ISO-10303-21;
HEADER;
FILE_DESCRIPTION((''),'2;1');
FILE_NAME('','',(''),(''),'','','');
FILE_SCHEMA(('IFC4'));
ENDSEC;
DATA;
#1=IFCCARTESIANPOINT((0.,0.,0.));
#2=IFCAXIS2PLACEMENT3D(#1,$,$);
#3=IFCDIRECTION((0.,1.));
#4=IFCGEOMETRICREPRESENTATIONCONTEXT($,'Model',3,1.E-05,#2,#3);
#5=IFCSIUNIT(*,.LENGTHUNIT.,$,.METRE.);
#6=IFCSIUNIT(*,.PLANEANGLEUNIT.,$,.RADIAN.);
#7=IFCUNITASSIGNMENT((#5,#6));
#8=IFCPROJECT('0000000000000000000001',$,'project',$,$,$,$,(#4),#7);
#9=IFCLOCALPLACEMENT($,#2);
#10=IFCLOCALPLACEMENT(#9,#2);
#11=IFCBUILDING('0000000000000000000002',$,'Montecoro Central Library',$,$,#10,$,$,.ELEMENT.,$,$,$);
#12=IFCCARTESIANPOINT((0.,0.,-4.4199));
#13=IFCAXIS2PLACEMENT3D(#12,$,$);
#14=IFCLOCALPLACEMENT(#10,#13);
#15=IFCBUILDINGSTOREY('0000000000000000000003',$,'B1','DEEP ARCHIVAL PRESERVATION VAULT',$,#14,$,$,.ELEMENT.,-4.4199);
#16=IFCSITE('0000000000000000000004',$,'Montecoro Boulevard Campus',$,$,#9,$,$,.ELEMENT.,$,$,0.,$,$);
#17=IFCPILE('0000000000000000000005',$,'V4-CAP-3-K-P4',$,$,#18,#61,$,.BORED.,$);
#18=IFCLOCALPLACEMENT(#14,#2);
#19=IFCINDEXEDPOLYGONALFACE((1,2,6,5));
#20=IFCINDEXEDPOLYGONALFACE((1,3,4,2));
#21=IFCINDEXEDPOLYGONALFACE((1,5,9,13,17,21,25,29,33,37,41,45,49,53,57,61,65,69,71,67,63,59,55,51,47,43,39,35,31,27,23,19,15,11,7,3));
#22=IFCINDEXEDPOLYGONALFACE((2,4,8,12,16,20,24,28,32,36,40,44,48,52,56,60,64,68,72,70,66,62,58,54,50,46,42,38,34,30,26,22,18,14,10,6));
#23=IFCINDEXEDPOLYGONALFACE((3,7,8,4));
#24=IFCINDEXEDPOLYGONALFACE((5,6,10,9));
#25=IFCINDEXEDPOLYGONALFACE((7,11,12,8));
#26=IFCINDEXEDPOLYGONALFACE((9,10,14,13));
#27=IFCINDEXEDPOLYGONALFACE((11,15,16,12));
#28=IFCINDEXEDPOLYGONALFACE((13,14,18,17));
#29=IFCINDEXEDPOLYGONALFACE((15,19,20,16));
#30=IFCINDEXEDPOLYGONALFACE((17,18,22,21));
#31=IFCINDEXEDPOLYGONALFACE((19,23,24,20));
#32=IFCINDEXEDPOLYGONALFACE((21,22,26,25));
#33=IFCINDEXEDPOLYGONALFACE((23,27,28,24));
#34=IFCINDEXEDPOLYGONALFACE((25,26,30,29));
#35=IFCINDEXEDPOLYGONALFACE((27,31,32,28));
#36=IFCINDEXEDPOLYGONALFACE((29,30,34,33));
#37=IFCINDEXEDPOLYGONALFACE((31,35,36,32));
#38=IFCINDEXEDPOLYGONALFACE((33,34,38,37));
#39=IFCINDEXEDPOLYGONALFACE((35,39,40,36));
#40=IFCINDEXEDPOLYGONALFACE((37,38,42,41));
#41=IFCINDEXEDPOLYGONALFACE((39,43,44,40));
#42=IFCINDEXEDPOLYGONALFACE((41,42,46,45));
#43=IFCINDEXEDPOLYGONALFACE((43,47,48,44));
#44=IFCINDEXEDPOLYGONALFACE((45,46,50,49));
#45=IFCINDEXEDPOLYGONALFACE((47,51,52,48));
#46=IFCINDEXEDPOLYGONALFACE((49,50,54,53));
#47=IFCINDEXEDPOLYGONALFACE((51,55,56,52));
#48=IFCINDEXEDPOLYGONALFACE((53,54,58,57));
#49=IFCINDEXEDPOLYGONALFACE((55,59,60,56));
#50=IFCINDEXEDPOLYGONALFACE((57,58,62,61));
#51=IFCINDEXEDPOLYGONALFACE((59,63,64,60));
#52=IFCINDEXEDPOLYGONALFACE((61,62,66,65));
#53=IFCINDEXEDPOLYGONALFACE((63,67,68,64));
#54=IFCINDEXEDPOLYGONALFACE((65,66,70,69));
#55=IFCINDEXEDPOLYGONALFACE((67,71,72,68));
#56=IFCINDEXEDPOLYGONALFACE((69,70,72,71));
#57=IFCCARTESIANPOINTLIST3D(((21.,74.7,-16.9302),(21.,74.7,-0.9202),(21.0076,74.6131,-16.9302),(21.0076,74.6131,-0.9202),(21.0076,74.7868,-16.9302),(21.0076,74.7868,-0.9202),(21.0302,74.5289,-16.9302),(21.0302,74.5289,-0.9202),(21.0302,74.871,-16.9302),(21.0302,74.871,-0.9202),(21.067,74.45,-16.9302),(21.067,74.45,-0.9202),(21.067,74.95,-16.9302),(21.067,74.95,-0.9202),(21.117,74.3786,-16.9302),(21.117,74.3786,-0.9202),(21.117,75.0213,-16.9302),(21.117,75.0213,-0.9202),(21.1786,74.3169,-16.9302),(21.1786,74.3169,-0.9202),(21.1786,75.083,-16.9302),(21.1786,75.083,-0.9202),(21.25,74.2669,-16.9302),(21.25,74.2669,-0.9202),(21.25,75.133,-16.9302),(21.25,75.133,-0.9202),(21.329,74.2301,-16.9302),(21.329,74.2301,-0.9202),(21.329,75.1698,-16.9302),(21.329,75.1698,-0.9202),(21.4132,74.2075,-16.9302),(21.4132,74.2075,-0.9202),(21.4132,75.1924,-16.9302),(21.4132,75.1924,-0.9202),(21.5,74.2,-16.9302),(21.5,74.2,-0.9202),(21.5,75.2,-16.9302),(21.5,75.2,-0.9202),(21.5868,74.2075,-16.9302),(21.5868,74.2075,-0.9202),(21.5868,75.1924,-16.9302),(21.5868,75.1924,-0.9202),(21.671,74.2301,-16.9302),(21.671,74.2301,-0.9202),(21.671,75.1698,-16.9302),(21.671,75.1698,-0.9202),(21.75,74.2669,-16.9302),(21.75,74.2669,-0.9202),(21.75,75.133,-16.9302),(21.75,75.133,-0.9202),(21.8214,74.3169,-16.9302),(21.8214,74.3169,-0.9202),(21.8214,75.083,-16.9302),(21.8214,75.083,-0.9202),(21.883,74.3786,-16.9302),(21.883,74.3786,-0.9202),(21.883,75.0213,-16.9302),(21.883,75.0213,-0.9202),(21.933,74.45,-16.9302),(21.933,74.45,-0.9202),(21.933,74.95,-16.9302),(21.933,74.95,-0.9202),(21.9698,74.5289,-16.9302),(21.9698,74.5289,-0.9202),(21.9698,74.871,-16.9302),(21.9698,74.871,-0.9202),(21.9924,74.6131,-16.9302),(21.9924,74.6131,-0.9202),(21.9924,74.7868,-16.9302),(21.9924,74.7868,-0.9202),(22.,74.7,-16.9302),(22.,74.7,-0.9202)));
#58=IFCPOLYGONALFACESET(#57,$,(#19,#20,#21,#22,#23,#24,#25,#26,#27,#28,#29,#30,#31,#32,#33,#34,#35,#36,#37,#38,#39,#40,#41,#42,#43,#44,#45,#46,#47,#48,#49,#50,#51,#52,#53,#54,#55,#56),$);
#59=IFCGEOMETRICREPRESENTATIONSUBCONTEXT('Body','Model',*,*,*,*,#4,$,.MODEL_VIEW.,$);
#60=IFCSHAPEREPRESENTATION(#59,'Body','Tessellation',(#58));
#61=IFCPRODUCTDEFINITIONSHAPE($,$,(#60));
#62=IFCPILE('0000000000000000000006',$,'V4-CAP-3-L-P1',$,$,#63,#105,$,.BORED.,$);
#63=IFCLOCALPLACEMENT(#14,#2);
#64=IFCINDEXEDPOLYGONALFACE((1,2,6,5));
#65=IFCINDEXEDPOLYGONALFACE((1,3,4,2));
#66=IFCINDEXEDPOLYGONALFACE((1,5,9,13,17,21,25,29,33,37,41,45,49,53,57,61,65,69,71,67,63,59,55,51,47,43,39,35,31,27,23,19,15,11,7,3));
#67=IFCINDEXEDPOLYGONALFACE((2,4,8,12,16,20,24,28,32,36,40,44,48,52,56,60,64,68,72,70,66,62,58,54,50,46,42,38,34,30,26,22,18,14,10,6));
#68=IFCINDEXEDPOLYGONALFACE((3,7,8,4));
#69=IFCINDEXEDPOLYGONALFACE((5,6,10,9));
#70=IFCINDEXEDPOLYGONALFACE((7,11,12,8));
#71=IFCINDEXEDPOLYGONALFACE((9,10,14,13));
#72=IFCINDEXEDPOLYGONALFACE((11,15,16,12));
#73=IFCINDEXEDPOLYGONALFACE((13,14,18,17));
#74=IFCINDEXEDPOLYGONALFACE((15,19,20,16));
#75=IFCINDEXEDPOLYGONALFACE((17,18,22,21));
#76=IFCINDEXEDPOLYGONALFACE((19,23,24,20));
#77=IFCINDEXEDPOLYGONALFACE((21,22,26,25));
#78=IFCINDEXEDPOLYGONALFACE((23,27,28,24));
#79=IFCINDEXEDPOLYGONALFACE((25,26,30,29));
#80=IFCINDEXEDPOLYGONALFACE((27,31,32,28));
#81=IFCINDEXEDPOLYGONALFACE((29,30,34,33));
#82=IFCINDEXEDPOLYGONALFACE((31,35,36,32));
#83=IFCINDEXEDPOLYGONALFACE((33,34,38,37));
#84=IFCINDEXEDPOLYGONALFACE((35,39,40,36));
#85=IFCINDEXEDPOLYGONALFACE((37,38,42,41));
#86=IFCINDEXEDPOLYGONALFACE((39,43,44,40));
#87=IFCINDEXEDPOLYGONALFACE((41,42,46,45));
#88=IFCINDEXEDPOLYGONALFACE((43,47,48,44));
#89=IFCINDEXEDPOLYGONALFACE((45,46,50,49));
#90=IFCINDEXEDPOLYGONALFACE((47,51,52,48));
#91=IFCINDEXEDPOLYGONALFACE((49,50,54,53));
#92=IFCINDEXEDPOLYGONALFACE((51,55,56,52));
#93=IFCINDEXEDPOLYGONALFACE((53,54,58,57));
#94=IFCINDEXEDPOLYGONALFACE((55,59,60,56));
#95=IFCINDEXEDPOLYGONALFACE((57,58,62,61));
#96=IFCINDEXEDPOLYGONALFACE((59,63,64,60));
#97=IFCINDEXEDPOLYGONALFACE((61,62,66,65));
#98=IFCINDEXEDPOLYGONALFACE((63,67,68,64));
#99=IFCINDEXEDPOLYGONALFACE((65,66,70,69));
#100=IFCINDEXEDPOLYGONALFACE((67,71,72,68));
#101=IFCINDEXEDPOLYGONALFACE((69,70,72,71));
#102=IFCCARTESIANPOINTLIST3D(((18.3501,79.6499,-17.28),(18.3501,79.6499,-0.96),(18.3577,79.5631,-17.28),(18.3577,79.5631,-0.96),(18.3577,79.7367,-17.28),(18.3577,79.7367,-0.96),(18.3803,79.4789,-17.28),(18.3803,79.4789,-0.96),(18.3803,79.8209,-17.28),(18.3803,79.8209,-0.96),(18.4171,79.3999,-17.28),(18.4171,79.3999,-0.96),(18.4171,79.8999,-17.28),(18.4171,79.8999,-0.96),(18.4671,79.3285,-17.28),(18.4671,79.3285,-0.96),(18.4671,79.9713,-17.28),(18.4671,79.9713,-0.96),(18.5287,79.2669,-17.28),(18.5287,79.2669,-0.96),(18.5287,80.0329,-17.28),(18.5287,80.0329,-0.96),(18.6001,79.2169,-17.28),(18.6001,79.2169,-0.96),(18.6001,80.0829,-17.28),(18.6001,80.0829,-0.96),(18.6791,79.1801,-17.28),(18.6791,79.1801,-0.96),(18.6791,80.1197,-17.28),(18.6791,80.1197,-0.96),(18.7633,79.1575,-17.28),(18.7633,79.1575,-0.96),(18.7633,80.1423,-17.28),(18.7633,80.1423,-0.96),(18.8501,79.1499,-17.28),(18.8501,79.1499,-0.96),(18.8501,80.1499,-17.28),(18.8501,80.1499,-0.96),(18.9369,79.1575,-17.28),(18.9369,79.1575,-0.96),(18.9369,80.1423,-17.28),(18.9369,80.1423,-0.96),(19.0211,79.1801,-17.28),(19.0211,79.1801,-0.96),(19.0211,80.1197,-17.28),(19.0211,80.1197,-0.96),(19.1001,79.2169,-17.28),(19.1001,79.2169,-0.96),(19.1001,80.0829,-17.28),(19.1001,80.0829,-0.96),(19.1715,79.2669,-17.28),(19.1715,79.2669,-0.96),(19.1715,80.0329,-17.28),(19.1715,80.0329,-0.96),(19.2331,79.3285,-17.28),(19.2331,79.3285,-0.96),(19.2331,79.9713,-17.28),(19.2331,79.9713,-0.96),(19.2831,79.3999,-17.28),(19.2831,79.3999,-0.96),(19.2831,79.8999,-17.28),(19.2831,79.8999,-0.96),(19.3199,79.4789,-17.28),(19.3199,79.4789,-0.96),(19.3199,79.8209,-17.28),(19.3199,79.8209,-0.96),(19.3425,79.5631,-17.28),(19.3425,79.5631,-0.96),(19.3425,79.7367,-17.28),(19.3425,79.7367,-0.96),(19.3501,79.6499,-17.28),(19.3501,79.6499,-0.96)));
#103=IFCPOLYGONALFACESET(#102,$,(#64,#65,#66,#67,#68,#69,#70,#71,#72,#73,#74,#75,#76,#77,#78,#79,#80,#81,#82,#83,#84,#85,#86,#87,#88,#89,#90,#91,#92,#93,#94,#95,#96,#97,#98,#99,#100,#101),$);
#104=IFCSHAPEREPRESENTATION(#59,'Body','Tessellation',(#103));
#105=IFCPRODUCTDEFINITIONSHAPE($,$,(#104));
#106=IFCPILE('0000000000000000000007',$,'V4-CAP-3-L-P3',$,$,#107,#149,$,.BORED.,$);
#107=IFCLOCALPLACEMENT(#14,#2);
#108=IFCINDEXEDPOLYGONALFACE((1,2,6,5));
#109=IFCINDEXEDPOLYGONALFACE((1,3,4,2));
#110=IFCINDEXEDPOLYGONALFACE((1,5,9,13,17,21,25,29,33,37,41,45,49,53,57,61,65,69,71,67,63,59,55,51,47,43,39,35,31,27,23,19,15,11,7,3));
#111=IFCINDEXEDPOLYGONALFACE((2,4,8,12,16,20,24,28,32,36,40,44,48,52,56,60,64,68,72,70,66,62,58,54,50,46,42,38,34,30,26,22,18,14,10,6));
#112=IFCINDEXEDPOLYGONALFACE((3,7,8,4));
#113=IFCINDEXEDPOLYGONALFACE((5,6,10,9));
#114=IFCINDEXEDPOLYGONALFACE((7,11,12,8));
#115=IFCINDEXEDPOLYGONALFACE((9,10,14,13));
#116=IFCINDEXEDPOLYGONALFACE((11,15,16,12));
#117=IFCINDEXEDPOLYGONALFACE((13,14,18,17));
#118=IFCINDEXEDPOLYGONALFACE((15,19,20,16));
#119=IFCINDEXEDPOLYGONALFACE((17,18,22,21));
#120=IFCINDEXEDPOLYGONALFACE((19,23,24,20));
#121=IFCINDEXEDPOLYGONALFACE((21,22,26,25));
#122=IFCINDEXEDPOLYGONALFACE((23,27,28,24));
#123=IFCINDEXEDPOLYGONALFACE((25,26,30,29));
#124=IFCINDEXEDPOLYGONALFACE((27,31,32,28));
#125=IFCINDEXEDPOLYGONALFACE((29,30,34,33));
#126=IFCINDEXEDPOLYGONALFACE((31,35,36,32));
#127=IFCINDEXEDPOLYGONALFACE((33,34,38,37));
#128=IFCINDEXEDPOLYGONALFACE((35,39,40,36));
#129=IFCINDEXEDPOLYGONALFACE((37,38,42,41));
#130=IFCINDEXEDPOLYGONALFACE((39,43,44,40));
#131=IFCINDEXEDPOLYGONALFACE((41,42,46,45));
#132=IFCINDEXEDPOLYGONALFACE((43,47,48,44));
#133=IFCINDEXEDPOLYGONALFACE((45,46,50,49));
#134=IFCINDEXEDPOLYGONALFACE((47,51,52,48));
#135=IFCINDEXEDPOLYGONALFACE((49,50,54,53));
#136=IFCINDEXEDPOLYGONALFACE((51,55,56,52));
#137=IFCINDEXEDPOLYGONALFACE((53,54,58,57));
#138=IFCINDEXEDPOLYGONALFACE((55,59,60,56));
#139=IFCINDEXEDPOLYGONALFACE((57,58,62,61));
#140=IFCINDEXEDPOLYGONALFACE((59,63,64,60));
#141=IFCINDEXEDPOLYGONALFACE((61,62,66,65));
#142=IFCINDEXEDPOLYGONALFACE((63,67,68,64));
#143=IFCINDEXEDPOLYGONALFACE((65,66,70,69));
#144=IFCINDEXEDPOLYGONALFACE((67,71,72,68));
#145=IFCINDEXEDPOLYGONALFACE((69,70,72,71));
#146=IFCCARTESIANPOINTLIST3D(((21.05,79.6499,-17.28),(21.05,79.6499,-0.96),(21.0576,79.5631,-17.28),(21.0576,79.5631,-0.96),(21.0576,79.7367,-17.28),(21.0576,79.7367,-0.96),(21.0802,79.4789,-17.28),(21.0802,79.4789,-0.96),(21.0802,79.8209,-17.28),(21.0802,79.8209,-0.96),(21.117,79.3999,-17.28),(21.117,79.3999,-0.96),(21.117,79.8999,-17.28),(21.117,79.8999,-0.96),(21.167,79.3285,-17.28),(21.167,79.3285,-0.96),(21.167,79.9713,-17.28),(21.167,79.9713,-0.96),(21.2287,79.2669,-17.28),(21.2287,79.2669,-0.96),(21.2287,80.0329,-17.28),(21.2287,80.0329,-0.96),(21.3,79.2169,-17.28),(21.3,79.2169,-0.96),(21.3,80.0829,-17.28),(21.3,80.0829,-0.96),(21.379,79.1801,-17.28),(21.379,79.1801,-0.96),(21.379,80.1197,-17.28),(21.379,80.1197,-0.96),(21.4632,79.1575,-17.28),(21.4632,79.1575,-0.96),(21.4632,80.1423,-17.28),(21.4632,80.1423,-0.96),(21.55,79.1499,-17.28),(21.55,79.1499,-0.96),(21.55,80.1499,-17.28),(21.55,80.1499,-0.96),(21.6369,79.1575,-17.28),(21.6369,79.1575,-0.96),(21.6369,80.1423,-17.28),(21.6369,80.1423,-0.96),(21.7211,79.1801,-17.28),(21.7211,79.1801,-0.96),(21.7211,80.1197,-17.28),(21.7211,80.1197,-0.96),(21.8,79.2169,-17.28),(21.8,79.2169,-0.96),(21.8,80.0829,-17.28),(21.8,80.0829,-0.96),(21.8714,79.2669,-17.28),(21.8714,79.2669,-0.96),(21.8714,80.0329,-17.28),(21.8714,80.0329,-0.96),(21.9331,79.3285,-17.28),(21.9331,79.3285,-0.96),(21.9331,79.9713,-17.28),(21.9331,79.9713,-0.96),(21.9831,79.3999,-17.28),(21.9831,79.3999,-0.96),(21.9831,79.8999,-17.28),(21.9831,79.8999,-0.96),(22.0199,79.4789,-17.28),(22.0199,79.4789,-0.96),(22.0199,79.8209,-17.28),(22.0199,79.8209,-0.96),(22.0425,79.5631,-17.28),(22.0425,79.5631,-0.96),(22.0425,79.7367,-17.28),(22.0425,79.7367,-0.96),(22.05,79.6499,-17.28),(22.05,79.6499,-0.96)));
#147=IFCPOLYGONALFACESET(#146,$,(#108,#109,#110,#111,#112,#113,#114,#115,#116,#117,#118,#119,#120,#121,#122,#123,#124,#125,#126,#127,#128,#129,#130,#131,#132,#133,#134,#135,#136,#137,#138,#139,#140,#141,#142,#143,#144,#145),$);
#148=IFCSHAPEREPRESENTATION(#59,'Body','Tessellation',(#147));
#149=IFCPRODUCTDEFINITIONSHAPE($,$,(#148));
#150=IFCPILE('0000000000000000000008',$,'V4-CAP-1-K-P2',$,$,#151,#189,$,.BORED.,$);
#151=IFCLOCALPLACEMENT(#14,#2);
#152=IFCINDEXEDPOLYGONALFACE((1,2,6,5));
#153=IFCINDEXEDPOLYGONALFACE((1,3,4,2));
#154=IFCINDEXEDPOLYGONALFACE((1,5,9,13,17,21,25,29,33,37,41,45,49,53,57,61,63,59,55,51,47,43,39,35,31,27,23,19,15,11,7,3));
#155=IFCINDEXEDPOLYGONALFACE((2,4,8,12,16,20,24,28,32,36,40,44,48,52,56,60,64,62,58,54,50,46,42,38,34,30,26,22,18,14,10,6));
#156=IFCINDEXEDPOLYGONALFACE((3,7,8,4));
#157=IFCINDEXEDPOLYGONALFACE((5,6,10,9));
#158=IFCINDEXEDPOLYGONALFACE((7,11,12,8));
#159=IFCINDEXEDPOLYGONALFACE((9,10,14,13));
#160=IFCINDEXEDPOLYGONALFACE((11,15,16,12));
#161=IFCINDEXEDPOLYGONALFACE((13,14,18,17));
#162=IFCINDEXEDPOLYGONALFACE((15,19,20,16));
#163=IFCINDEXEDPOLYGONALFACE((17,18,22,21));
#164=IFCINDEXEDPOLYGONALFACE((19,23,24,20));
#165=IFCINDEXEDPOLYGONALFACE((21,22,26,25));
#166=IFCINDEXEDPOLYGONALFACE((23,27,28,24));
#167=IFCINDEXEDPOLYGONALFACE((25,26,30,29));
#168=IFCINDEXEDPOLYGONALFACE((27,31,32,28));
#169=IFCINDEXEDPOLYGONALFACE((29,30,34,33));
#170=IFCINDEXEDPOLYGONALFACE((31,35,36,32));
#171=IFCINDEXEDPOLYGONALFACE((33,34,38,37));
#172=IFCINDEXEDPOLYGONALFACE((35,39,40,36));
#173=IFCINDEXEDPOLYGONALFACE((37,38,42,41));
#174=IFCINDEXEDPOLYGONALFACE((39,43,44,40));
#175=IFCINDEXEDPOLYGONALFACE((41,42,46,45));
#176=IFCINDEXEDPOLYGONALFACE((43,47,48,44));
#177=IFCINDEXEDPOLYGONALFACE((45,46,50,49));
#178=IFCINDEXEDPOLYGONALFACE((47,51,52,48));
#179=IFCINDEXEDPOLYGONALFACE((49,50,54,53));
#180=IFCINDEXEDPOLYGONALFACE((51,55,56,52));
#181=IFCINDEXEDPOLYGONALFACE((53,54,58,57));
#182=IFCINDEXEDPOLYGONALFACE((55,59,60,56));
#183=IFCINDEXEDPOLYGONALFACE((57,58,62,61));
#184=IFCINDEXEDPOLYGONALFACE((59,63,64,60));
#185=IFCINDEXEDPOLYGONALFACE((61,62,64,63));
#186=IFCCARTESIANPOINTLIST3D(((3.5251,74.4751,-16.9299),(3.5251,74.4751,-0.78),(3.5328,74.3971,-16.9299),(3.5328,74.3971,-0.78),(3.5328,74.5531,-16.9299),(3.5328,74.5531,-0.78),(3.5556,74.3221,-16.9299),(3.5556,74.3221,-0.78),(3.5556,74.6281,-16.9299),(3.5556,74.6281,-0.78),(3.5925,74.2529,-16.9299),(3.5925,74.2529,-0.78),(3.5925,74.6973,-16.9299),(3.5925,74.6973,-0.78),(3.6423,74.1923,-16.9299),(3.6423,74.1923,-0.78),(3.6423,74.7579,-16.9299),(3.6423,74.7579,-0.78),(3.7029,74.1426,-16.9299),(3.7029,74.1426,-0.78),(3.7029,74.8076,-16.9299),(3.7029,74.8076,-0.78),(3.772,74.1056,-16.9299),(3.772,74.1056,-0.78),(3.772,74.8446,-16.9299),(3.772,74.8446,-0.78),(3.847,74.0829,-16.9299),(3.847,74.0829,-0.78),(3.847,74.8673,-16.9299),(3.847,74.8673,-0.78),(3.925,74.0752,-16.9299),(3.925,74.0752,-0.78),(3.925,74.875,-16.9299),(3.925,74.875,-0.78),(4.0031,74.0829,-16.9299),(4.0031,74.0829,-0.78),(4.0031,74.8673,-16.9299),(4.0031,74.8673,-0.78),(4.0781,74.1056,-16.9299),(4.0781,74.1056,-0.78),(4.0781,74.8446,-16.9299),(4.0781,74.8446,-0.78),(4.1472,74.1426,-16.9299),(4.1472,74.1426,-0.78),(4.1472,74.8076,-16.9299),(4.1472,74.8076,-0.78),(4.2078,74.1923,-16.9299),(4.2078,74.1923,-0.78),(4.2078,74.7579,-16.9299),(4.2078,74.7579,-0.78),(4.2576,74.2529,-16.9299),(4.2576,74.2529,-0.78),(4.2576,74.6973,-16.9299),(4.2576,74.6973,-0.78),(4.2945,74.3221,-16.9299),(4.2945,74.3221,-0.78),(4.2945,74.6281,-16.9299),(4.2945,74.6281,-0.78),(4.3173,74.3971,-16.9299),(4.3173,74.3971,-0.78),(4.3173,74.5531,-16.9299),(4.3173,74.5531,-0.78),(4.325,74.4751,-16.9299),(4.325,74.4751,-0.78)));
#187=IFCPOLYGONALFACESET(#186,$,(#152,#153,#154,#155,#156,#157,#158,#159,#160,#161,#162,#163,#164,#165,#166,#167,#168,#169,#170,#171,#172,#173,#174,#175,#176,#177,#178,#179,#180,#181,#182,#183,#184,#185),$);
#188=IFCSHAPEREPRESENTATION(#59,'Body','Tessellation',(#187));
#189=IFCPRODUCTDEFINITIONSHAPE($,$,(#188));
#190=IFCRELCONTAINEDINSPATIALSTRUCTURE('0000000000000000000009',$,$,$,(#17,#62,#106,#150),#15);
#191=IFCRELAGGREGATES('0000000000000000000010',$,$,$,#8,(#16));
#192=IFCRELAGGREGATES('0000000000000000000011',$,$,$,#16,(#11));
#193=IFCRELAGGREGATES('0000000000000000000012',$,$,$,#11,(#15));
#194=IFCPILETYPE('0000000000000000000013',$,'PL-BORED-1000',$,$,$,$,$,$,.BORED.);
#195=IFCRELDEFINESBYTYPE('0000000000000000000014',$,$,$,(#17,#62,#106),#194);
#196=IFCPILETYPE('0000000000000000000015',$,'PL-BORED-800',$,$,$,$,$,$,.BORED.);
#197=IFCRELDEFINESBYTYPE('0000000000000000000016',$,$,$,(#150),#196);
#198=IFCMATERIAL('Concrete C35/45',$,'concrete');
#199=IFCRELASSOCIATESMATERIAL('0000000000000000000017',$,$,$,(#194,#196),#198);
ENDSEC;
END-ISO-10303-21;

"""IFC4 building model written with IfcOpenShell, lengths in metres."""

from ifc_helpers import new_model, si_unit, direction, frame, origin, origin_2d, place, context, subcontext, project, spatial, circle, extrude, material, material_profile, profile_set, type_object, element, save


model = new_model("IFC4")

# Units and contexts
model_context = context("Model", 3, precision=1e-05, world=origin(), true_north=direction((0.0, 1.0)))
body_context = subcontext(model_context, "Body", "Model", "MODEL_VIEW")
ifc_project = project(units=[si_unit("LENGTHUNIT", "METRE"), si_unit("PLANEANGLEUNIT", "RADIAN")], contexts=[model_context])

# Site, building, storey
site_placement = place(None, origin())
site = spatial("IfcSite", under=ifc_project, at=site_placement, Name="Montecoro Boulevard Campus", CompositionType="ELEMENT", RefElevation=0.0)
building_placement = place(site_placement, origin())
building = spatial("IfcBuilding", under=site, at=building_placement, Name="Montecoro Central Library", CompositionType="ELEMENT")
storey_placement = place(building_placement, frame((0.0, 0.0, -4.4199)))
storey = spatial("IfcBuildingStorey", under=building, at=storey_placement, Name="B1", Description="DEEP ARCHIVAL PRESERVATION VAULT", CompositionType="ELEMENT", Elevation=-4.4199)

# Shared definitions
ifc_material_1 = material(Name="Concrete C35/45", Category="concrete")

# Piles
ifc_material_profile_1 = material_profile(ifc_material_1, circle(Radius=0.5, at=origin_2d()), Name="PILE D1000")
ifc_profile_set_1 = profile_set([ifc_material_profile_1], Name="Concrete C35/45")
pile_type_1 = type_object("IfcPileType", Name="PL-BORED-1000", PredefinedType="BORED", material=ifc_profile_set_1)
for number, where, z_axis, x_axis, name in (
    (1, (21.5, 74.7, -0.9202), (0.0, 0.0, -1.0), (1.0, 0.0, 0.0), "V4-CAP-3-K-P4"),
):
    element("IfcPile", number, at=place(storey_placement, frame(where, z_axis=z_axis, x_axis=x_axis)), inside=storey, type_object=pile_type_1, Name=name, PredefinedType="BORED", context=body_context, shape_type="SweptSolid", body=[
        extrude(circle(Radius=0.5, at=origin_2d()), origin(), (0.0, 0.0, 1.0), 16.01),
    ])
for number, where, z_axis, x_axis, name in (
    (2, (18.8501, 79.6499, -0.96), (0.0, 0.0, -1.0), (1.0, 0.0, 0.0), "V4-CAP-3-L-P1"),
    (3, (21.55, 79.6499, -0.96), (0.0, 0.0, -1.0), (1.0, 0.0, 0.0), "V4-CAP-3-L-P3"),
):
    element("IfcPile", number, at=place(storey_placement, frame(where, z_axis=z_axis, x_axis=x_axis)), inside=storey, type_object=pile_type_1, Name=name, PredefinedType="BORED", context=body_context, shape_type="SweptSolid", body=[
        extrude(circle(Radius=0.5, at=origin_2d()), origin(), (0.0, 0.0, 1.0), 16.3201),
    ])
ifc_material_profile_2 = material_profile(ifc_material_1, circle(Radius=0.3999, at=origin_2d()), Name="PILE D800")
ifc_profile_set_2 = profile_set([ifc_material_profile_2], Name="Concrete C35/45")
pile_type_2 = type_object("IfcPileType", Name="PL-BORED-800", PredefinedType="BORED", material=ifc_profile_set_2)
for number, where, z_axis, x_axis, name in (
    (4, (3.925, 74.4751, -0.78), (0.0, 0.0, -1.0), (1.0, 0.0, 0.0), "V4-CAP-1-K-P2"),
):
    element("IfcPile", number, at=place(storey_placement, frame(where, z_axis=z_axis, x_axis=x_axis)), inside=storey, type_object=pile_type_2, Name=name, PredefinedType="BORED", context=body_context, shape_type="SweptSolid", body=[
        extrude(circle(Radius=0.3999, at=origin_2d()), origin(), (0.0, 0.0, 1.0), 16.1499),
    ])

save(model, "model.ifc")
